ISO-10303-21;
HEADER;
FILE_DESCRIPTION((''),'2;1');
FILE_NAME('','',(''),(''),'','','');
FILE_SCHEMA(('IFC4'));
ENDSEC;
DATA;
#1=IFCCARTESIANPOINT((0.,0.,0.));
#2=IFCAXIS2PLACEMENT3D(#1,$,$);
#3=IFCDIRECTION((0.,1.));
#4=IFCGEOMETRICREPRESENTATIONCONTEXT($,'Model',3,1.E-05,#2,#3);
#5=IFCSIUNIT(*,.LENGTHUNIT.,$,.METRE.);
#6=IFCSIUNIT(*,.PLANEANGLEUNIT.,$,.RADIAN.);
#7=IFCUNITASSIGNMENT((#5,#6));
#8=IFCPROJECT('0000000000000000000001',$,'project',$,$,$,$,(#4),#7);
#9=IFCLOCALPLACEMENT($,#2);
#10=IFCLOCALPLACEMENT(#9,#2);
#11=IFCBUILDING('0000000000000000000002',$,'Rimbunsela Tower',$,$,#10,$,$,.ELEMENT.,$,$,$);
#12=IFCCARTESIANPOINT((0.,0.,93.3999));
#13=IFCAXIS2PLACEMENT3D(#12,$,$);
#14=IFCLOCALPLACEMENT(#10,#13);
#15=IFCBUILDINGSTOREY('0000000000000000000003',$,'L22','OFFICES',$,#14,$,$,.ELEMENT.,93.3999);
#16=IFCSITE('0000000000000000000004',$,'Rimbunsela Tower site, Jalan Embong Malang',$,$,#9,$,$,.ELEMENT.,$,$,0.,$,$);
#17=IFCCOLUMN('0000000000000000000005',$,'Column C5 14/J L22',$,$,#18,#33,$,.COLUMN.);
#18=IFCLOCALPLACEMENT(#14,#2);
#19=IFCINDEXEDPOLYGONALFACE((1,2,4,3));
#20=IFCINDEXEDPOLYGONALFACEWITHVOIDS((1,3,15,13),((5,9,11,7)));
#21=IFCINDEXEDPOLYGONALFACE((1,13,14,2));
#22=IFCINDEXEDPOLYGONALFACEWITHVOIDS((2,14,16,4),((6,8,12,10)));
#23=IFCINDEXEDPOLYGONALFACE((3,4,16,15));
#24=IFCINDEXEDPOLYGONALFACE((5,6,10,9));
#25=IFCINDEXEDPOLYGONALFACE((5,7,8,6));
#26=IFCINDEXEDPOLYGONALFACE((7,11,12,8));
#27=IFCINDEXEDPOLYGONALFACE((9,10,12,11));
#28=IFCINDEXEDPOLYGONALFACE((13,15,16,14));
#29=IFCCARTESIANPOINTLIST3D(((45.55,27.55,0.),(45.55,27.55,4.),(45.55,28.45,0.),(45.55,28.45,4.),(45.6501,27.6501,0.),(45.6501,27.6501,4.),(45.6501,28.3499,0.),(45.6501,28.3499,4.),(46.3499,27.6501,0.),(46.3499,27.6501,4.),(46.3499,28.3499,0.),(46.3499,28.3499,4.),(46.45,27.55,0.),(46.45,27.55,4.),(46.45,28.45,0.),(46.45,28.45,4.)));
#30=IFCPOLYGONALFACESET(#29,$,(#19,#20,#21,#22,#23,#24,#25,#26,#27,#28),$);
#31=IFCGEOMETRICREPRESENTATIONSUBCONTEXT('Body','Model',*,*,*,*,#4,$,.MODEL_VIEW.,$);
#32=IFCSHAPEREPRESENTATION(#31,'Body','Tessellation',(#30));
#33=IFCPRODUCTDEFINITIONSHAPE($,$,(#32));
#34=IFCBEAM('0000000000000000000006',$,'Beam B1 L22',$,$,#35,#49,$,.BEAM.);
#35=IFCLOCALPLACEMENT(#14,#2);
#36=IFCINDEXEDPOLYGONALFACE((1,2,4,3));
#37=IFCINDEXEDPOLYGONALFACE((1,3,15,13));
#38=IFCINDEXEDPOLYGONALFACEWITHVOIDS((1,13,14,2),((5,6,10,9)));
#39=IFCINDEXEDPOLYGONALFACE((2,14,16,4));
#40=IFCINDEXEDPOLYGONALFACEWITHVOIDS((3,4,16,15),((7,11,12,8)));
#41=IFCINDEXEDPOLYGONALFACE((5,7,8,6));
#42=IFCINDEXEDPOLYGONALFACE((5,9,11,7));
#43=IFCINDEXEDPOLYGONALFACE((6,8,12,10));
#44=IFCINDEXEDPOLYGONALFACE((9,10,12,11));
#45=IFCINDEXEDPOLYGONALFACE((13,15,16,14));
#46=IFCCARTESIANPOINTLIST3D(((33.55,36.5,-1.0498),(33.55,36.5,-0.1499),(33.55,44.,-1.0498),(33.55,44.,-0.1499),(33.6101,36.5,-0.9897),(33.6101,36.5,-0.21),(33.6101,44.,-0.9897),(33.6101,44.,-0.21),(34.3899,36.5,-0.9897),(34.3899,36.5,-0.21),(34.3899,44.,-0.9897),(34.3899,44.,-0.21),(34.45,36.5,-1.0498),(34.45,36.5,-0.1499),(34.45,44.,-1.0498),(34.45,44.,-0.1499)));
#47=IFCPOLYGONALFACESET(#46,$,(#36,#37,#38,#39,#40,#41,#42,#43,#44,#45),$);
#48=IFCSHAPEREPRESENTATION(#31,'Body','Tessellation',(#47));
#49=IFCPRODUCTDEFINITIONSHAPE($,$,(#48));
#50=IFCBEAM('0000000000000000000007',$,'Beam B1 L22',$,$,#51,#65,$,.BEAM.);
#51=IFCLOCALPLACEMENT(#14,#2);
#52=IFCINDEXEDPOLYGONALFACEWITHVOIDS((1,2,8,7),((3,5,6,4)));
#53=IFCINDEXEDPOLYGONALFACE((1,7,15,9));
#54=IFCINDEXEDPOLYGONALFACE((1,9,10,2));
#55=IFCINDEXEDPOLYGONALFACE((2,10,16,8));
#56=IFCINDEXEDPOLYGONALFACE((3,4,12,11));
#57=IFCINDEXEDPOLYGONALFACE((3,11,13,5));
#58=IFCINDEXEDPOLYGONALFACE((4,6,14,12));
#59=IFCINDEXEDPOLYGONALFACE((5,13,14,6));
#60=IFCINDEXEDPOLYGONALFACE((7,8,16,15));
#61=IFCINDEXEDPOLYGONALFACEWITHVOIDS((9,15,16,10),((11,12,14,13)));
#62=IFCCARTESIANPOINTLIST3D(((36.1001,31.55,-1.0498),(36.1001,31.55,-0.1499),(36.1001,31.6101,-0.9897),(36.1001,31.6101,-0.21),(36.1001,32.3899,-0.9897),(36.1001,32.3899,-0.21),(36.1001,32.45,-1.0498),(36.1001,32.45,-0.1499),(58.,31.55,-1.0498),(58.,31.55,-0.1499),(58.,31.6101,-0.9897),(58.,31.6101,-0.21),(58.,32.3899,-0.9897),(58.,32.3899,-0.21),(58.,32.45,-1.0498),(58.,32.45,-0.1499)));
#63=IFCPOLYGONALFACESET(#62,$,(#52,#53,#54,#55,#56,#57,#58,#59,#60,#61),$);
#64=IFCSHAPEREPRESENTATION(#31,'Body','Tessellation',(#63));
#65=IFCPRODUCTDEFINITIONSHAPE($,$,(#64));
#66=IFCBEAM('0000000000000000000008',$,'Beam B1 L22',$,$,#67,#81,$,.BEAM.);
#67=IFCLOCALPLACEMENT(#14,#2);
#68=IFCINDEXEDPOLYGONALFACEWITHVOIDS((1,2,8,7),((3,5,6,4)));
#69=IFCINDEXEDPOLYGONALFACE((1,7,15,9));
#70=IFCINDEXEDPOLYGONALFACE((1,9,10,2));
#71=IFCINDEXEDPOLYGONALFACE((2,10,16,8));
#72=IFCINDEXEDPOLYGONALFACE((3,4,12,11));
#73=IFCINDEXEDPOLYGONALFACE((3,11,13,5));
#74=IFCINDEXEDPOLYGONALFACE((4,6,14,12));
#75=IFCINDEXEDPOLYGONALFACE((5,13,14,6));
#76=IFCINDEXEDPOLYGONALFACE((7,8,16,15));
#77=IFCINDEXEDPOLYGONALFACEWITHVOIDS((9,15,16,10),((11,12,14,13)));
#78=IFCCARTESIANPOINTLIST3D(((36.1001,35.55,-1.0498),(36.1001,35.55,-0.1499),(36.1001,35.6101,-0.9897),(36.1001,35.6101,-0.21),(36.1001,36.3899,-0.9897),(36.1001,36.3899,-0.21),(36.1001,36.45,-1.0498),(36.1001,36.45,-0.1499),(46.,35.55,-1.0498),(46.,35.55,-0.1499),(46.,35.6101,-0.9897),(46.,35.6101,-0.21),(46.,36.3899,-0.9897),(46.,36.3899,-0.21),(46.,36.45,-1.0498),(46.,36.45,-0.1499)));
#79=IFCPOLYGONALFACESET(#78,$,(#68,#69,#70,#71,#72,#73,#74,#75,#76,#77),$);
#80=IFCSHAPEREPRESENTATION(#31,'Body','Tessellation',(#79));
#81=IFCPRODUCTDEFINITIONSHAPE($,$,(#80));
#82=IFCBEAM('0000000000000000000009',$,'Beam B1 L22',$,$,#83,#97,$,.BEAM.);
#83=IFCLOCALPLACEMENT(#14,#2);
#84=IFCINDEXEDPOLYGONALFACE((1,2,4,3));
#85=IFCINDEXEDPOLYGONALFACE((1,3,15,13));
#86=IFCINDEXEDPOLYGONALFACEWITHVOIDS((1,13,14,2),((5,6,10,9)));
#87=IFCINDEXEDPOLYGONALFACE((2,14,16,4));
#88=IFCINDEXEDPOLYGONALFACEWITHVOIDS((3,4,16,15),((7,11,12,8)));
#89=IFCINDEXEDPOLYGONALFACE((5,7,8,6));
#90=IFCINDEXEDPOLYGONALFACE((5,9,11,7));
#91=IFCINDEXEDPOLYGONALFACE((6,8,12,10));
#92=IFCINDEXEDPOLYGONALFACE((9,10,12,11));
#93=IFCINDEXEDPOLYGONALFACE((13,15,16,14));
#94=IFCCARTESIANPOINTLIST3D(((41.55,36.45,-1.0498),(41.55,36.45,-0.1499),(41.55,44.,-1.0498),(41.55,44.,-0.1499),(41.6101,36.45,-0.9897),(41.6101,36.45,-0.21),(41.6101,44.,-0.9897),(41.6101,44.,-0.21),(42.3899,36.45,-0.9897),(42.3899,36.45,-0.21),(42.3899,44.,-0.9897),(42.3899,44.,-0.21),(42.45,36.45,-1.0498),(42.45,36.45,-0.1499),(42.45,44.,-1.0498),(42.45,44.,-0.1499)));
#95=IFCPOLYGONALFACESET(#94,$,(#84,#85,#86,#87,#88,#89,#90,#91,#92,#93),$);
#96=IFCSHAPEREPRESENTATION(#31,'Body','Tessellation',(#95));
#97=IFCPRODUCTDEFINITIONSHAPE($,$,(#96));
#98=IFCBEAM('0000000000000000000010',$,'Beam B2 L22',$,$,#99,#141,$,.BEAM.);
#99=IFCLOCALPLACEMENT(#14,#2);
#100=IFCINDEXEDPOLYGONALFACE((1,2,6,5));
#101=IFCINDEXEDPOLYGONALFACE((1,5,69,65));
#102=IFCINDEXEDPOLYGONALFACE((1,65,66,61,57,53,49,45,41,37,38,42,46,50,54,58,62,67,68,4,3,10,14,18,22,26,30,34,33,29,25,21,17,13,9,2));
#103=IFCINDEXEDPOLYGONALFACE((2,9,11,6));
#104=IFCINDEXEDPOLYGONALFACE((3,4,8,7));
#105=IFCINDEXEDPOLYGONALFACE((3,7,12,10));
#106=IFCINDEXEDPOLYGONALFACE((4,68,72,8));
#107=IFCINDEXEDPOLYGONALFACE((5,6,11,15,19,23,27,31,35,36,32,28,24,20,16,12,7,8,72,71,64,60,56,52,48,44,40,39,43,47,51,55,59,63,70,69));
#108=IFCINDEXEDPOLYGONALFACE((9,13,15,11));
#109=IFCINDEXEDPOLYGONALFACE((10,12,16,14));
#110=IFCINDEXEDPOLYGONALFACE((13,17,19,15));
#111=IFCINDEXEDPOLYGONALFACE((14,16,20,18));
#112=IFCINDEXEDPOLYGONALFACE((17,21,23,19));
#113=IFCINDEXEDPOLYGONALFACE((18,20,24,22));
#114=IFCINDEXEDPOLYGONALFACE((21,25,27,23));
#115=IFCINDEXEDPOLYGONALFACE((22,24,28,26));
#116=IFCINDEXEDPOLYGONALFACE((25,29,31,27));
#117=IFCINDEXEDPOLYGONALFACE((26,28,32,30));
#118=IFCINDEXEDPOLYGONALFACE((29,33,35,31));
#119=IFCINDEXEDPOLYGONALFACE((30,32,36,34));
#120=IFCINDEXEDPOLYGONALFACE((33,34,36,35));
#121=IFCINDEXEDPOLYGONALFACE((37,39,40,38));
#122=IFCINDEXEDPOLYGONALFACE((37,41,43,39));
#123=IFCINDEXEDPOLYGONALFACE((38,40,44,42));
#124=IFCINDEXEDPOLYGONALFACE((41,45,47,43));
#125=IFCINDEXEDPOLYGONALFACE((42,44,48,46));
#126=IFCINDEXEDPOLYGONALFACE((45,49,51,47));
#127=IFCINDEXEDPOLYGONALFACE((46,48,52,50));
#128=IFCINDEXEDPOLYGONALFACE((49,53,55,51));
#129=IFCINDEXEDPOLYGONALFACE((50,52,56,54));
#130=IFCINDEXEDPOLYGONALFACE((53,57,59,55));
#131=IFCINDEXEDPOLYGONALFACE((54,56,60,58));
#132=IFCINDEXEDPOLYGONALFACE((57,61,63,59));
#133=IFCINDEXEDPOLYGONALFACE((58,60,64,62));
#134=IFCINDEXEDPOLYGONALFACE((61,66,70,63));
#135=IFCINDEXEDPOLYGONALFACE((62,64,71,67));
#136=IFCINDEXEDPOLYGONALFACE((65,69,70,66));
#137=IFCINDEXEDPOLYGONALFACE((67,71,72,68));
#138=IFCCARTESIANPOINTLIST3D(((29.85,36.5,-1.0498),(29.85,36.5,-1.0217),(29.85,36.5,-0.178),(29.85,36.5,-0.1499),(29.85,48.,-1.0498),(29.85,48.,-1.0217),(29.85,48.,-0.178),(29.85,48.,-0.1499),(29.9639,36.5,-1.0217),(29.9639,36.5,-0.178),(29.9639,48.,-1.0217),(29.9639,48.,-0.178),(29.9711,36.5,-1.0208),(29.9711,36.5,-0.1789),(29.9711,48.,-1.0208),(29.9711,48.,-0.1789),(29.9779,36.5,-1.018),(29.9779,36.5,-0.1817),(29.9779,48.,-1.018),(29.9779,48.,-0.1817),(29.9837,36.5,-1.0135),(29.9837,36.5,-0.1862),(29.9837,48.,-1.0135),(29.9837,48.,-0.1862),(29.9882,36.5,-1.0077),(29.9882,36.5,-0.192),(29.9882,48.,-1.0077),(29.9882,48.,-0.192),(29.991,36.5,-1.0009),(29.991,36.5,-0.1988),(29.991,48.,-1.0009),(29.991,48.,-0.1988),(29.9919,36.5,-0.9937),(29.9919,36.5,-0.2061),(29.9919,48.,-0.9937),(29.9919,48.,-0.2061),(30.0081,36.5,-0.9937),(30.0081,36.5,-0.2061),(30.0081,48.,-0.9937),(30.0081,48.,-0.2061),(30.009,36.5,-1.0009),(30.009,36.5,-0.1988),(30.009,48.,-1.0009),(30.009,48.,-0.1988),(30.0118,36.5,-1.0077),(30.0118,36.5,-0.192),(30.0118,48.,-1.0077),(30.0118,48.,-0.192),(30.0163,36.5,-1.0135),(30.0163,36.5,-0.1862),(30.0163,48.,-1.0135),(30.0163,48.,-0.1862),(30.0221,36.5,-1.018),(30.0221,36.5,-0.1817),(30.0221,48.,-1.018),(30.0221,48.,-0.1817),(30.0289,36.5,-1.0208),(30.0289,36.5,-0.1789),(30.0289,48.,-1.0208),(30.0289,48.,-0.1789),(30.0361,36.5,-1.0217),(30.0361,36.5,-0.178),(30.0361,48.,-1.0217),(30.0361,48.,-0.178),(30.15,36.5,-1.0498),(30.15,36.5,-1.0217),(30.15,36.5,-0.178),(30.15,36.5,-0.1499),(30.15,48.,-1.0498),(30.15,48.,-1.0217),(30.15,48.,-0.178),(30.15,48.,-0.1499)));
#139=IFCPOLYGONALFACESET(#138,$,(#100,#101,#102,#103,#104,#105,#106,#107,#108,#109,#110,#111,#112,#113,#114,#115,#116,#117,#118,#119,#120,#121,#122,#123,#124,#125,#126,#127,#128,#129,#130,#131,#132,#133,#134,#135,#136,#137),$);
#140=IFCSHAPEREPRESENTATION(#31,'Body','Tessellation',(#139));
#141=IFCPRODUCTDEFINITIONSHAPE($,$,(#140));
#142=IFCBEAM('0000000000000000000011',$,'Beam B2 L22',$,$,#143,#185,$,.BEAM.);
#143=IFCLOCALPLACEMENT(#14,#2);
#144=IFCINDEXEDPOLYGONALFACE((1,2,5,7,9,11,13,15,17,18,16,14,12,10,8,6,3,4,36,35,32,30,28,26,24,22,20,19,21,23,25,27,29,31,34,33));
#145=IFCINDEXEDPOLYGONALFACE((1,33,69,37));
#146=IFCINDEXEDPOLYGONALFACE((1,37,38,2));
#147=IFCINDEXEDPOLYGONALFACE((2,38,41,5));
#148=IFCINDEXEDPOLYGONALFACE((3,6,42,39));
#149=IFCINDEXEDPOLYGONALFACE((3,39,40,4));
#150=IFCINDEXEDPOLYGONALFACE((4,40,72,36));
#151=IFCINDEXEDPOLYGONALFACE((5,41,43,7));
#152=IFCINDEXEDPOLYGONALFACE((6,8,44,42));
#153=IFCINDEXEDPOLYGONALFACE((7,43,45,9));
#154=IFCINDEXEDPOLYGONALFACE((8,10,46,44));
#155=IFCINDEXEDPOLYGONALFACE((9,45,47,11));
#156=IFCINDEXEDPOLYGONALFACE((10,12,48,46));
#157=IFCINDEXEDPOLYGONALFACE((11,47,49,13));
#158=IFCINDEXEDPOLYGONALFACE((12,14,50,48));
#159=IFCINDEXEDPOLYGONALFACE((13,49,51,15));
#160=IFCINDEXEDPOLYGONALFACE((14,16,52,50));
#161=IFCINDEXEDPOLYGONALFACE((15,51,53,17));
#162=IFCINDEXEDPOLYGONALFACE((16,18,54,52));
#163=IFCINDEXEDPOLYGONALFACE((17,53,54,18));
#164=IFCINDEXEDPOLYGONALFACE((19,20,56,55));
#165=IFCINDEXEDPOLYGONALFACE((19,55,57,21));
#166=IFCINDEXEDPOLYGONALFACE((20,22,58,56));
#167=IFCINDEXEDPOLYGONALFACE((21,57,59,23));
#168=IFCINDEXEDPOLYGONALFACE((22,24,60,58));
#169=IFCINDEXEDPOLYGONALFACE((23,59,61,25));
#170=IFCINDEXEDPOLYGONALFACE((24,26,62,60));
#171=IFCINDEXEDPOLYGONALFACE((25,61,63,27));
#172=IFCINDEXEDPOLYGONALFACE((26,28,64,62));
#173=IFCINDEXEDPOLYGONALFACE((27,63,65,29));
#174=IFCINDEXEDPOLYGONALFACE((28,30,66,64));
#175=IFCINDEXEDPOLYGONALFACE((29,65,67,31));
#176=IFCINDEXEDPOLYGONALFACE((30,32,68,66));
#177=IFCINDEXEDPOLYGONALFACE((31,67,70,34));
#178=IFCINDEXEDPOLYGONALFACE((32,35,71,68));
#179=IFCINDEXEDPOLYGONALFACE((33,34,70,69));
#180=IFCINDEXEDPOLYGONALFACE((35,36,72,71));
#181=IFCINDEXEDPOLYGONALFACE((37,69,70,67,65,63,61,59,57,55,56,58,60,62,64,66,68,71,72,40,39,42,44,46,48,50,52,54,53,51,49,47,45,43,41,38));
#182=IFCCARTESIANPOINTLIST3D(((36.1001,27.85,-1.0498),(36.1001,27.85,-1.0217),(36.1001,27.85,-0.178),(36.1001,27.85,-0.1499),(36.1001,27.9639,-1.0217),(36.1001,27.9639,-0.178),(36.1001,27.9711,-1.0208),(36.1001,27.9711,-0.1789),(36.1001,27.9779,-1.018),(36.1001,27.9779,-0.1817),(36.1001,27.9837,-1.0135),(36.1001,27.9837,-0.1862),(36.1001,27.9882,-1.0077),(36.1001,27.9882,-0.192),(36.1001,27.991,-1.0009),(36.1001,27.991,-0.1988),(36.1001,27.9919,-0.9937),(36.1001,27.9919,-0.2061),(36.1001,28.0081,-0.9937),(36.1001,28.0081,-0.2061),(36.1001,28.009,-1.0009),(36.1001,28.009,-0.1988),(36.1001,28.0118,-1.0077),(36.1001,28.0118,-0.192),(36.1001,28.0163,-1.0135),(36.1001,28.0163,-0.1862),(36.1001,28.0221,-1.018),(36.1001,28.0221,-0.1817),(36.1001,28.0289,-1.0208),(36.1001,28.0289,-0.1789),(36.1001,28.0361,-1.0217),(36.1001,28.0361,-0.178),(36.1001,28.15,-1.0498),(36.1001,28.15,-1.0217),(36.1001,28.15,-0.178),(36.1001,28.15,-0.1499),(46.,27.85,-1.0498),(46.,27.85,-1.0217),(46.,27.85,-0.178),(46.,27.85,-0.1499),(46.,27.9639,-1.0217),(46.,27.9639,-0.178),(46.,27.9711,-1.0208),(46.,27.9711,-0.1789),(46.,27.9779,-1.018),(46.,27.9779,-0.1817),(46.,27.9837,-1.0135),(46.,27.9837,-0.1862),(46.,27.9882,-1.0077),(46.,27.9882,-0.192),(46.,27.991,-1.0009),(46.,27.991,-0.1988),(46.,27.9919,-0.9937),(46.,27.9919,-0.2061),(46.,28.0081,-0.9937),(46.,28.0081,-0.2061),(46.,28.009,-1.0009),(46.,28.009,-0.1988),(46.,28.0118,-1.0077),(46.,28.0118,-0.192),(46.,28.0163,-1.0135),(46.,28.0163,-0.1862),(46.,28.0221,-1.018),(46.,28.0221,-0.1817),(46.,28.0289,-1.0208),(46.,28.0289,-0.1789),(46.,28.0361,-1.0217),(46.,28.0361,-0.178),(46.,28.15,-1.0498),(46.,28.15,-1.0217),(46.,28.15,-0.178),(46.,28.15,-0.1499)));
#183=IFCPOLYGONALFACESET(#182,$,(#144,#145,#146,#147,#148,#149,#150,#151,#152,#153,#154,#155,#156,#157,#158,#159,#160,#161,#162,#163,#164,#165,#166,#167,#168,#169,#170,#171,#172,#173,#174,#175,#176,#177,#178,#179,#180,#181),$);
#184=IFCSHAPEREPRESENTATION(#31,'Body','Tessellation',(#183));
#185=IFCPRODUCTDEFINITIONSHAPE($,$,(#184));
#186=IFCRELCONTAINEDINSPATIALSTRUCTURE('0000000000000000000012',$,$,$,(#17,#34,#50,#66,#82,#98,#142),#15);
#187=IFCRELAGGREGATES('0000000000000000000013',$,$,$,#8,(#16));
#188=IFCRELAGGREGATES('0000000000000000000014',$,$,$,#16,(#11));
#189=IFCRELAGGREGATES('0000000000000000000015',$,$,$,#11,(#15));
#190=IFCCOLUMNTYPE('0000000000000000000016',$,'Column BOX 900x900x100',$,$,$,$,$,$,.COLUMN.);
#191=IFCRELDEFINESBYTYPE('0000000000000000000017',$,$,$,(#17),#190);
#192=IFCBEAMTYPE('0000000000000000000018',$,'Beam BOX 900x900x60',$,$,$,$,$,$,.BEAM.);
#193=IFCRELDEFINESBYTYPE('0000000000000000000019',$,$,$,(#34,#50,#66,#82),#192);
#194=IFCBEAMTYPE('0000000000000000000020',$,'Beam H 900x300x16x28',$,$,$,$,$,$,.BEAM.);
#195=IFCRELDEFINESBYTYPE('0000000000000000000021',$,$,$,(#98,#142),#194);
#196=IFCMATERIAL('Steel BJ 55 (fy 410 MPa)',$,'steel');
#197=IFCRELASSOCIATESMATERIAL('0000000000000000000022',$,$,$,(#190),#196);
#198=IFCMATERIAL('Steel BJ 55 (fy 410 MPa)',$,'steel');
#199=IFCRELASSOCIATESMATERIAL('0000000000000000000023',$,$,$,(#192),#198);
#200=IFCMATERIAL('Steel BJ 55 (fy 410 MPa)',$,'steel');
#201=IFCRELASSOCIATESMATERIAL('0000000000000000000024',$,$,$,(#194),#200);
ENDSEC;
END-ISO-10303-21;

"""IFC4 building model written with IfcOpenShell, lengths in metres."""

from ifc_helpers import new_model, si_unit, direction, frame, origin, origin_2d, place, context, subcontext, project, spatial, hollow_rectangle, i_section, extrude, material, material_profile, profile_set, type_object, element, save


model = new_model("IFC4")

# Units and contexts
model_context = context("Model", 3, precision=1e-05, world=origin(), true_north=direction((0.0, 1.0)))
body_context = subcontext(model_context, "Body", "Model", "MODEL_VIEW")
ifc_project = project(units=[si_unit("LENGTHUNIT", "METRE"), si_unit("PLANEANGLEUNIT", "RADIAN")], contexts=[model_context])

# Site, building, storey
site_placement = place(None, origin())
site = spatial("IfcSite", under=ifc_project, at=site_placement, Name="Rimbunsela Tower site, Jalan Embong Malang", CompositionType="ELEMENT", RefElevation=0.0)
building_placement = place(site_placement, origin())
building = spatial("IfcBuilding", under=site, at=building_placement, Name="Rimbunsela Tower", CompositionType="ELEMENT")
storey_placement = place(building_placement, frame((0.0, 0.0, 93.3999)))
storey = spatial("IfcBuildingStorey", under=building, at=storey_placement, Name="L22", Description="OFFICES", CompositionType="ELEMENT", Elevation=93.3999)

# Column
ifc_material_1 = material(Name="Steel BJ 55 (fy 410 MPa)", Category="steel")
ifc_material_profile_1 = material_profile(ifc_material_1, hollow_rectangle(XDim=0.8999, YDim=0.8999, WallThickness=0.1001, at=origin_2d()), Name="BOX 900x900x100")
ifc_profile_set_1 = profile_set([ifc_material_profile_1], Name="Steel BJ 55 (fy 410 MPa)")
column_type = type_object("IfcColumnType", Name="Column BOX 900x900x100", PredefinedType="COLUMN", material=ifc_profile_set_1)
column_placement = place(storey_placement, frame((46.0, 28.0, 0.0), z_axis=(0.0, 0.0, 1.0), x_axis=(1.0, 0.0, 0.0)))
element("IfcColumn", 1, at=column_placement, inside=storey, type_object=column_type, Name="Column C5 14/J L22", PredefinedType="COLUMN", context=body_context, shape_type="SweptSolid", body=[
    extrude(hollow_rectangle(XDim=0.8999, YDim=0.8999, WallThickness=0.1001, at=origin_2d()), origin(), (0.0, 0.0, 1.0), 4.0),
])

# Beams
ifc_material_2 = material(Name="Steel BJ 55 (fy 410 MPa)", Category="steel")
ifc_material_profile_2 = material_profile(ifc_material_2, hollow_rectangle(XDim=0.8999, YDim=0.8999, WallThickness=0.0601, at=origin_2d()), Name="BOX 900x900x60")
ifc_profile_set_2 = profile_set([ifc_material_profile_2], Name="Steel BJ 55 (fy 410 MPa)")
beam_type_1 = type_object("IfcBeamType", Name="Beam BOX 900x900x60", PredefinedType="BEAM", material=ifc_profile_set_2)
beam_1_placement = place(storey_placement, frame((34.0, 36.5, -0.5999), z_axis=(0.0, 1.0, 0.0), x_axis=(-1.0, 0.0, 0.0)))
element("IfcBeam", 2, at=beam_1_placement, inside=storey, type_object=beam_type_1, Name="Beam B1 L22", PredefinedType="BEAM", context=body_context, shape_type="SweptSolid", body=[
    extrude(hollow_rectangle(XDim=0.8999, YDim=0.8999, WallThickness=0.0601, at=origin_2d()), origin(), (0.0, 0.0, 1.0), 7.5),
])
beam_2_placement = place(storey_placement, frame((36.1001, 32.0, -0.5999), z_axis=(1.0, 0.0, 0.0), x_axis=(0.0, 1.0, 0.0)))
element("IfcBeam", 3, at=beam_2_placement, inside=storey, type_object=beam_type_1, Name="Beam B1 L22", PredefinedType="BEAM", context=body_context, shape_type="SweptSolid", body=[
    extrude(hollow_rectangle(XDim=0.8999, YDim=0.8999, WallThickness=0.0601, at=origin_2d()), origin(), (0.0, 0.0, 1.0), 21.8999),
])
beam_3_placement = place(storey_placement, frame((36.1001, 36.0, -0.5999), z_axis=(1.0, 0.0, 0.0), x_axis=(0.0, 1.0, 0.0)))
element("IfcBeam", 4, at=beam_3_placement, inside=storey, type_object=beam_type_1, Name="Beam B1 L22", PredefinedType="BEAM", context=body_context, shape_type="SweptSolid", body=[
    extrude(hollow_rectangle(XDim=0.8999, YDim=0.8999, WallThickness=0.0601, at=origin_2d()), origin(), (0.0, 0.0, 1.0), 9.8999),
])
beam_4_placement = place(storey_placement, frame((42.0, 36.45, -0.5999), z_axis=(0.0, 1.0, 0.0), x_axis=(-1.0, 0.0, 0.0)))
element("IfcBeam", 5, at=beam_4_placement, inside=storey, type_object=beam_type_1, Name="Beam B1 L22", PredefinedType="BEAM", context=body_context, shape_type="SweptSolid", body=[
    extrude(hollow_rectangle(XDim=0.8999, YDim=0.8999, WallThickness=0.0601, at=origin_2d()), origin(), (0.0, 0.0, 1.0), 7.55),
])
ifc_material_3 = material(Name="Steel BJ 55 (fy 410 MPa)", Category="steel")
ifc_material_profile_3 = material_profile(ifc_material_3, i_section(OverallWidth=0.3, OverallDepth=0.8999, WebThickness=0.0161, FlangeThickness=0.0281, FilletRadius=0.0281, at=origin_2d()), Name="H 900x300x16x28")
ifc_profile_set_3 = profile_set([ifc_material_profile_3], Name="Steel BJ 55 (fy 410 MPa)")
beam_type_2 = type_object("IfcBeamType", Name="Beam H 900x300x16x28", PredefinedType="BEAM", material=ifc_profile_set_3)
beam_5_placement = place(storey_placement, frame((30.0, 36.5, -0.5999), z_axis=(0.0, 1.0, 0.0), x_axis=(-1.0, 0.0, 0.0)))
element("IfcBeam", 6, at=beam_5_placement, inside=storey, type_object=beam_type_2, Name="Beam B2 L22", PredefinedType="BEAM", context=body_context, shape_type="SweptSolid", body=[
    extrude(i_section(OverallWidth=0.3, OverallDepth=0.8999, WebThickness=0.0161, FlangeThickness=0.0281, FilletRadius=0.0281, at=origin_2d()), origin(), (0.0, 0.0, 1.0), 11.5),
])
beam_6_placement = place(storey_placement, frame((36.1001, 28.0, -0.5999), z_axis=(1.0, 0.0, 0.0), x_axis=(0.0, 1.0, 0.0)))
element("IfcBeam", 7, at=beam_6_placement, inside=storey, type_object=beam_type_2, Name="Beam B2 L22", PredefinedType="BEAM", context=body_context, shape_type="SweptSolid", body=[
    extrude(i_section(OverallWidth=0.3, OverallDepth=0.8999, WebThickness=0.0161, FlangeThickness=0.0281, FilletRadius=0.0281, at=origin_2d()), origin(), (0.0, 0.0, 1.0), 9.8999),
])

save(model, "model.ifc")
